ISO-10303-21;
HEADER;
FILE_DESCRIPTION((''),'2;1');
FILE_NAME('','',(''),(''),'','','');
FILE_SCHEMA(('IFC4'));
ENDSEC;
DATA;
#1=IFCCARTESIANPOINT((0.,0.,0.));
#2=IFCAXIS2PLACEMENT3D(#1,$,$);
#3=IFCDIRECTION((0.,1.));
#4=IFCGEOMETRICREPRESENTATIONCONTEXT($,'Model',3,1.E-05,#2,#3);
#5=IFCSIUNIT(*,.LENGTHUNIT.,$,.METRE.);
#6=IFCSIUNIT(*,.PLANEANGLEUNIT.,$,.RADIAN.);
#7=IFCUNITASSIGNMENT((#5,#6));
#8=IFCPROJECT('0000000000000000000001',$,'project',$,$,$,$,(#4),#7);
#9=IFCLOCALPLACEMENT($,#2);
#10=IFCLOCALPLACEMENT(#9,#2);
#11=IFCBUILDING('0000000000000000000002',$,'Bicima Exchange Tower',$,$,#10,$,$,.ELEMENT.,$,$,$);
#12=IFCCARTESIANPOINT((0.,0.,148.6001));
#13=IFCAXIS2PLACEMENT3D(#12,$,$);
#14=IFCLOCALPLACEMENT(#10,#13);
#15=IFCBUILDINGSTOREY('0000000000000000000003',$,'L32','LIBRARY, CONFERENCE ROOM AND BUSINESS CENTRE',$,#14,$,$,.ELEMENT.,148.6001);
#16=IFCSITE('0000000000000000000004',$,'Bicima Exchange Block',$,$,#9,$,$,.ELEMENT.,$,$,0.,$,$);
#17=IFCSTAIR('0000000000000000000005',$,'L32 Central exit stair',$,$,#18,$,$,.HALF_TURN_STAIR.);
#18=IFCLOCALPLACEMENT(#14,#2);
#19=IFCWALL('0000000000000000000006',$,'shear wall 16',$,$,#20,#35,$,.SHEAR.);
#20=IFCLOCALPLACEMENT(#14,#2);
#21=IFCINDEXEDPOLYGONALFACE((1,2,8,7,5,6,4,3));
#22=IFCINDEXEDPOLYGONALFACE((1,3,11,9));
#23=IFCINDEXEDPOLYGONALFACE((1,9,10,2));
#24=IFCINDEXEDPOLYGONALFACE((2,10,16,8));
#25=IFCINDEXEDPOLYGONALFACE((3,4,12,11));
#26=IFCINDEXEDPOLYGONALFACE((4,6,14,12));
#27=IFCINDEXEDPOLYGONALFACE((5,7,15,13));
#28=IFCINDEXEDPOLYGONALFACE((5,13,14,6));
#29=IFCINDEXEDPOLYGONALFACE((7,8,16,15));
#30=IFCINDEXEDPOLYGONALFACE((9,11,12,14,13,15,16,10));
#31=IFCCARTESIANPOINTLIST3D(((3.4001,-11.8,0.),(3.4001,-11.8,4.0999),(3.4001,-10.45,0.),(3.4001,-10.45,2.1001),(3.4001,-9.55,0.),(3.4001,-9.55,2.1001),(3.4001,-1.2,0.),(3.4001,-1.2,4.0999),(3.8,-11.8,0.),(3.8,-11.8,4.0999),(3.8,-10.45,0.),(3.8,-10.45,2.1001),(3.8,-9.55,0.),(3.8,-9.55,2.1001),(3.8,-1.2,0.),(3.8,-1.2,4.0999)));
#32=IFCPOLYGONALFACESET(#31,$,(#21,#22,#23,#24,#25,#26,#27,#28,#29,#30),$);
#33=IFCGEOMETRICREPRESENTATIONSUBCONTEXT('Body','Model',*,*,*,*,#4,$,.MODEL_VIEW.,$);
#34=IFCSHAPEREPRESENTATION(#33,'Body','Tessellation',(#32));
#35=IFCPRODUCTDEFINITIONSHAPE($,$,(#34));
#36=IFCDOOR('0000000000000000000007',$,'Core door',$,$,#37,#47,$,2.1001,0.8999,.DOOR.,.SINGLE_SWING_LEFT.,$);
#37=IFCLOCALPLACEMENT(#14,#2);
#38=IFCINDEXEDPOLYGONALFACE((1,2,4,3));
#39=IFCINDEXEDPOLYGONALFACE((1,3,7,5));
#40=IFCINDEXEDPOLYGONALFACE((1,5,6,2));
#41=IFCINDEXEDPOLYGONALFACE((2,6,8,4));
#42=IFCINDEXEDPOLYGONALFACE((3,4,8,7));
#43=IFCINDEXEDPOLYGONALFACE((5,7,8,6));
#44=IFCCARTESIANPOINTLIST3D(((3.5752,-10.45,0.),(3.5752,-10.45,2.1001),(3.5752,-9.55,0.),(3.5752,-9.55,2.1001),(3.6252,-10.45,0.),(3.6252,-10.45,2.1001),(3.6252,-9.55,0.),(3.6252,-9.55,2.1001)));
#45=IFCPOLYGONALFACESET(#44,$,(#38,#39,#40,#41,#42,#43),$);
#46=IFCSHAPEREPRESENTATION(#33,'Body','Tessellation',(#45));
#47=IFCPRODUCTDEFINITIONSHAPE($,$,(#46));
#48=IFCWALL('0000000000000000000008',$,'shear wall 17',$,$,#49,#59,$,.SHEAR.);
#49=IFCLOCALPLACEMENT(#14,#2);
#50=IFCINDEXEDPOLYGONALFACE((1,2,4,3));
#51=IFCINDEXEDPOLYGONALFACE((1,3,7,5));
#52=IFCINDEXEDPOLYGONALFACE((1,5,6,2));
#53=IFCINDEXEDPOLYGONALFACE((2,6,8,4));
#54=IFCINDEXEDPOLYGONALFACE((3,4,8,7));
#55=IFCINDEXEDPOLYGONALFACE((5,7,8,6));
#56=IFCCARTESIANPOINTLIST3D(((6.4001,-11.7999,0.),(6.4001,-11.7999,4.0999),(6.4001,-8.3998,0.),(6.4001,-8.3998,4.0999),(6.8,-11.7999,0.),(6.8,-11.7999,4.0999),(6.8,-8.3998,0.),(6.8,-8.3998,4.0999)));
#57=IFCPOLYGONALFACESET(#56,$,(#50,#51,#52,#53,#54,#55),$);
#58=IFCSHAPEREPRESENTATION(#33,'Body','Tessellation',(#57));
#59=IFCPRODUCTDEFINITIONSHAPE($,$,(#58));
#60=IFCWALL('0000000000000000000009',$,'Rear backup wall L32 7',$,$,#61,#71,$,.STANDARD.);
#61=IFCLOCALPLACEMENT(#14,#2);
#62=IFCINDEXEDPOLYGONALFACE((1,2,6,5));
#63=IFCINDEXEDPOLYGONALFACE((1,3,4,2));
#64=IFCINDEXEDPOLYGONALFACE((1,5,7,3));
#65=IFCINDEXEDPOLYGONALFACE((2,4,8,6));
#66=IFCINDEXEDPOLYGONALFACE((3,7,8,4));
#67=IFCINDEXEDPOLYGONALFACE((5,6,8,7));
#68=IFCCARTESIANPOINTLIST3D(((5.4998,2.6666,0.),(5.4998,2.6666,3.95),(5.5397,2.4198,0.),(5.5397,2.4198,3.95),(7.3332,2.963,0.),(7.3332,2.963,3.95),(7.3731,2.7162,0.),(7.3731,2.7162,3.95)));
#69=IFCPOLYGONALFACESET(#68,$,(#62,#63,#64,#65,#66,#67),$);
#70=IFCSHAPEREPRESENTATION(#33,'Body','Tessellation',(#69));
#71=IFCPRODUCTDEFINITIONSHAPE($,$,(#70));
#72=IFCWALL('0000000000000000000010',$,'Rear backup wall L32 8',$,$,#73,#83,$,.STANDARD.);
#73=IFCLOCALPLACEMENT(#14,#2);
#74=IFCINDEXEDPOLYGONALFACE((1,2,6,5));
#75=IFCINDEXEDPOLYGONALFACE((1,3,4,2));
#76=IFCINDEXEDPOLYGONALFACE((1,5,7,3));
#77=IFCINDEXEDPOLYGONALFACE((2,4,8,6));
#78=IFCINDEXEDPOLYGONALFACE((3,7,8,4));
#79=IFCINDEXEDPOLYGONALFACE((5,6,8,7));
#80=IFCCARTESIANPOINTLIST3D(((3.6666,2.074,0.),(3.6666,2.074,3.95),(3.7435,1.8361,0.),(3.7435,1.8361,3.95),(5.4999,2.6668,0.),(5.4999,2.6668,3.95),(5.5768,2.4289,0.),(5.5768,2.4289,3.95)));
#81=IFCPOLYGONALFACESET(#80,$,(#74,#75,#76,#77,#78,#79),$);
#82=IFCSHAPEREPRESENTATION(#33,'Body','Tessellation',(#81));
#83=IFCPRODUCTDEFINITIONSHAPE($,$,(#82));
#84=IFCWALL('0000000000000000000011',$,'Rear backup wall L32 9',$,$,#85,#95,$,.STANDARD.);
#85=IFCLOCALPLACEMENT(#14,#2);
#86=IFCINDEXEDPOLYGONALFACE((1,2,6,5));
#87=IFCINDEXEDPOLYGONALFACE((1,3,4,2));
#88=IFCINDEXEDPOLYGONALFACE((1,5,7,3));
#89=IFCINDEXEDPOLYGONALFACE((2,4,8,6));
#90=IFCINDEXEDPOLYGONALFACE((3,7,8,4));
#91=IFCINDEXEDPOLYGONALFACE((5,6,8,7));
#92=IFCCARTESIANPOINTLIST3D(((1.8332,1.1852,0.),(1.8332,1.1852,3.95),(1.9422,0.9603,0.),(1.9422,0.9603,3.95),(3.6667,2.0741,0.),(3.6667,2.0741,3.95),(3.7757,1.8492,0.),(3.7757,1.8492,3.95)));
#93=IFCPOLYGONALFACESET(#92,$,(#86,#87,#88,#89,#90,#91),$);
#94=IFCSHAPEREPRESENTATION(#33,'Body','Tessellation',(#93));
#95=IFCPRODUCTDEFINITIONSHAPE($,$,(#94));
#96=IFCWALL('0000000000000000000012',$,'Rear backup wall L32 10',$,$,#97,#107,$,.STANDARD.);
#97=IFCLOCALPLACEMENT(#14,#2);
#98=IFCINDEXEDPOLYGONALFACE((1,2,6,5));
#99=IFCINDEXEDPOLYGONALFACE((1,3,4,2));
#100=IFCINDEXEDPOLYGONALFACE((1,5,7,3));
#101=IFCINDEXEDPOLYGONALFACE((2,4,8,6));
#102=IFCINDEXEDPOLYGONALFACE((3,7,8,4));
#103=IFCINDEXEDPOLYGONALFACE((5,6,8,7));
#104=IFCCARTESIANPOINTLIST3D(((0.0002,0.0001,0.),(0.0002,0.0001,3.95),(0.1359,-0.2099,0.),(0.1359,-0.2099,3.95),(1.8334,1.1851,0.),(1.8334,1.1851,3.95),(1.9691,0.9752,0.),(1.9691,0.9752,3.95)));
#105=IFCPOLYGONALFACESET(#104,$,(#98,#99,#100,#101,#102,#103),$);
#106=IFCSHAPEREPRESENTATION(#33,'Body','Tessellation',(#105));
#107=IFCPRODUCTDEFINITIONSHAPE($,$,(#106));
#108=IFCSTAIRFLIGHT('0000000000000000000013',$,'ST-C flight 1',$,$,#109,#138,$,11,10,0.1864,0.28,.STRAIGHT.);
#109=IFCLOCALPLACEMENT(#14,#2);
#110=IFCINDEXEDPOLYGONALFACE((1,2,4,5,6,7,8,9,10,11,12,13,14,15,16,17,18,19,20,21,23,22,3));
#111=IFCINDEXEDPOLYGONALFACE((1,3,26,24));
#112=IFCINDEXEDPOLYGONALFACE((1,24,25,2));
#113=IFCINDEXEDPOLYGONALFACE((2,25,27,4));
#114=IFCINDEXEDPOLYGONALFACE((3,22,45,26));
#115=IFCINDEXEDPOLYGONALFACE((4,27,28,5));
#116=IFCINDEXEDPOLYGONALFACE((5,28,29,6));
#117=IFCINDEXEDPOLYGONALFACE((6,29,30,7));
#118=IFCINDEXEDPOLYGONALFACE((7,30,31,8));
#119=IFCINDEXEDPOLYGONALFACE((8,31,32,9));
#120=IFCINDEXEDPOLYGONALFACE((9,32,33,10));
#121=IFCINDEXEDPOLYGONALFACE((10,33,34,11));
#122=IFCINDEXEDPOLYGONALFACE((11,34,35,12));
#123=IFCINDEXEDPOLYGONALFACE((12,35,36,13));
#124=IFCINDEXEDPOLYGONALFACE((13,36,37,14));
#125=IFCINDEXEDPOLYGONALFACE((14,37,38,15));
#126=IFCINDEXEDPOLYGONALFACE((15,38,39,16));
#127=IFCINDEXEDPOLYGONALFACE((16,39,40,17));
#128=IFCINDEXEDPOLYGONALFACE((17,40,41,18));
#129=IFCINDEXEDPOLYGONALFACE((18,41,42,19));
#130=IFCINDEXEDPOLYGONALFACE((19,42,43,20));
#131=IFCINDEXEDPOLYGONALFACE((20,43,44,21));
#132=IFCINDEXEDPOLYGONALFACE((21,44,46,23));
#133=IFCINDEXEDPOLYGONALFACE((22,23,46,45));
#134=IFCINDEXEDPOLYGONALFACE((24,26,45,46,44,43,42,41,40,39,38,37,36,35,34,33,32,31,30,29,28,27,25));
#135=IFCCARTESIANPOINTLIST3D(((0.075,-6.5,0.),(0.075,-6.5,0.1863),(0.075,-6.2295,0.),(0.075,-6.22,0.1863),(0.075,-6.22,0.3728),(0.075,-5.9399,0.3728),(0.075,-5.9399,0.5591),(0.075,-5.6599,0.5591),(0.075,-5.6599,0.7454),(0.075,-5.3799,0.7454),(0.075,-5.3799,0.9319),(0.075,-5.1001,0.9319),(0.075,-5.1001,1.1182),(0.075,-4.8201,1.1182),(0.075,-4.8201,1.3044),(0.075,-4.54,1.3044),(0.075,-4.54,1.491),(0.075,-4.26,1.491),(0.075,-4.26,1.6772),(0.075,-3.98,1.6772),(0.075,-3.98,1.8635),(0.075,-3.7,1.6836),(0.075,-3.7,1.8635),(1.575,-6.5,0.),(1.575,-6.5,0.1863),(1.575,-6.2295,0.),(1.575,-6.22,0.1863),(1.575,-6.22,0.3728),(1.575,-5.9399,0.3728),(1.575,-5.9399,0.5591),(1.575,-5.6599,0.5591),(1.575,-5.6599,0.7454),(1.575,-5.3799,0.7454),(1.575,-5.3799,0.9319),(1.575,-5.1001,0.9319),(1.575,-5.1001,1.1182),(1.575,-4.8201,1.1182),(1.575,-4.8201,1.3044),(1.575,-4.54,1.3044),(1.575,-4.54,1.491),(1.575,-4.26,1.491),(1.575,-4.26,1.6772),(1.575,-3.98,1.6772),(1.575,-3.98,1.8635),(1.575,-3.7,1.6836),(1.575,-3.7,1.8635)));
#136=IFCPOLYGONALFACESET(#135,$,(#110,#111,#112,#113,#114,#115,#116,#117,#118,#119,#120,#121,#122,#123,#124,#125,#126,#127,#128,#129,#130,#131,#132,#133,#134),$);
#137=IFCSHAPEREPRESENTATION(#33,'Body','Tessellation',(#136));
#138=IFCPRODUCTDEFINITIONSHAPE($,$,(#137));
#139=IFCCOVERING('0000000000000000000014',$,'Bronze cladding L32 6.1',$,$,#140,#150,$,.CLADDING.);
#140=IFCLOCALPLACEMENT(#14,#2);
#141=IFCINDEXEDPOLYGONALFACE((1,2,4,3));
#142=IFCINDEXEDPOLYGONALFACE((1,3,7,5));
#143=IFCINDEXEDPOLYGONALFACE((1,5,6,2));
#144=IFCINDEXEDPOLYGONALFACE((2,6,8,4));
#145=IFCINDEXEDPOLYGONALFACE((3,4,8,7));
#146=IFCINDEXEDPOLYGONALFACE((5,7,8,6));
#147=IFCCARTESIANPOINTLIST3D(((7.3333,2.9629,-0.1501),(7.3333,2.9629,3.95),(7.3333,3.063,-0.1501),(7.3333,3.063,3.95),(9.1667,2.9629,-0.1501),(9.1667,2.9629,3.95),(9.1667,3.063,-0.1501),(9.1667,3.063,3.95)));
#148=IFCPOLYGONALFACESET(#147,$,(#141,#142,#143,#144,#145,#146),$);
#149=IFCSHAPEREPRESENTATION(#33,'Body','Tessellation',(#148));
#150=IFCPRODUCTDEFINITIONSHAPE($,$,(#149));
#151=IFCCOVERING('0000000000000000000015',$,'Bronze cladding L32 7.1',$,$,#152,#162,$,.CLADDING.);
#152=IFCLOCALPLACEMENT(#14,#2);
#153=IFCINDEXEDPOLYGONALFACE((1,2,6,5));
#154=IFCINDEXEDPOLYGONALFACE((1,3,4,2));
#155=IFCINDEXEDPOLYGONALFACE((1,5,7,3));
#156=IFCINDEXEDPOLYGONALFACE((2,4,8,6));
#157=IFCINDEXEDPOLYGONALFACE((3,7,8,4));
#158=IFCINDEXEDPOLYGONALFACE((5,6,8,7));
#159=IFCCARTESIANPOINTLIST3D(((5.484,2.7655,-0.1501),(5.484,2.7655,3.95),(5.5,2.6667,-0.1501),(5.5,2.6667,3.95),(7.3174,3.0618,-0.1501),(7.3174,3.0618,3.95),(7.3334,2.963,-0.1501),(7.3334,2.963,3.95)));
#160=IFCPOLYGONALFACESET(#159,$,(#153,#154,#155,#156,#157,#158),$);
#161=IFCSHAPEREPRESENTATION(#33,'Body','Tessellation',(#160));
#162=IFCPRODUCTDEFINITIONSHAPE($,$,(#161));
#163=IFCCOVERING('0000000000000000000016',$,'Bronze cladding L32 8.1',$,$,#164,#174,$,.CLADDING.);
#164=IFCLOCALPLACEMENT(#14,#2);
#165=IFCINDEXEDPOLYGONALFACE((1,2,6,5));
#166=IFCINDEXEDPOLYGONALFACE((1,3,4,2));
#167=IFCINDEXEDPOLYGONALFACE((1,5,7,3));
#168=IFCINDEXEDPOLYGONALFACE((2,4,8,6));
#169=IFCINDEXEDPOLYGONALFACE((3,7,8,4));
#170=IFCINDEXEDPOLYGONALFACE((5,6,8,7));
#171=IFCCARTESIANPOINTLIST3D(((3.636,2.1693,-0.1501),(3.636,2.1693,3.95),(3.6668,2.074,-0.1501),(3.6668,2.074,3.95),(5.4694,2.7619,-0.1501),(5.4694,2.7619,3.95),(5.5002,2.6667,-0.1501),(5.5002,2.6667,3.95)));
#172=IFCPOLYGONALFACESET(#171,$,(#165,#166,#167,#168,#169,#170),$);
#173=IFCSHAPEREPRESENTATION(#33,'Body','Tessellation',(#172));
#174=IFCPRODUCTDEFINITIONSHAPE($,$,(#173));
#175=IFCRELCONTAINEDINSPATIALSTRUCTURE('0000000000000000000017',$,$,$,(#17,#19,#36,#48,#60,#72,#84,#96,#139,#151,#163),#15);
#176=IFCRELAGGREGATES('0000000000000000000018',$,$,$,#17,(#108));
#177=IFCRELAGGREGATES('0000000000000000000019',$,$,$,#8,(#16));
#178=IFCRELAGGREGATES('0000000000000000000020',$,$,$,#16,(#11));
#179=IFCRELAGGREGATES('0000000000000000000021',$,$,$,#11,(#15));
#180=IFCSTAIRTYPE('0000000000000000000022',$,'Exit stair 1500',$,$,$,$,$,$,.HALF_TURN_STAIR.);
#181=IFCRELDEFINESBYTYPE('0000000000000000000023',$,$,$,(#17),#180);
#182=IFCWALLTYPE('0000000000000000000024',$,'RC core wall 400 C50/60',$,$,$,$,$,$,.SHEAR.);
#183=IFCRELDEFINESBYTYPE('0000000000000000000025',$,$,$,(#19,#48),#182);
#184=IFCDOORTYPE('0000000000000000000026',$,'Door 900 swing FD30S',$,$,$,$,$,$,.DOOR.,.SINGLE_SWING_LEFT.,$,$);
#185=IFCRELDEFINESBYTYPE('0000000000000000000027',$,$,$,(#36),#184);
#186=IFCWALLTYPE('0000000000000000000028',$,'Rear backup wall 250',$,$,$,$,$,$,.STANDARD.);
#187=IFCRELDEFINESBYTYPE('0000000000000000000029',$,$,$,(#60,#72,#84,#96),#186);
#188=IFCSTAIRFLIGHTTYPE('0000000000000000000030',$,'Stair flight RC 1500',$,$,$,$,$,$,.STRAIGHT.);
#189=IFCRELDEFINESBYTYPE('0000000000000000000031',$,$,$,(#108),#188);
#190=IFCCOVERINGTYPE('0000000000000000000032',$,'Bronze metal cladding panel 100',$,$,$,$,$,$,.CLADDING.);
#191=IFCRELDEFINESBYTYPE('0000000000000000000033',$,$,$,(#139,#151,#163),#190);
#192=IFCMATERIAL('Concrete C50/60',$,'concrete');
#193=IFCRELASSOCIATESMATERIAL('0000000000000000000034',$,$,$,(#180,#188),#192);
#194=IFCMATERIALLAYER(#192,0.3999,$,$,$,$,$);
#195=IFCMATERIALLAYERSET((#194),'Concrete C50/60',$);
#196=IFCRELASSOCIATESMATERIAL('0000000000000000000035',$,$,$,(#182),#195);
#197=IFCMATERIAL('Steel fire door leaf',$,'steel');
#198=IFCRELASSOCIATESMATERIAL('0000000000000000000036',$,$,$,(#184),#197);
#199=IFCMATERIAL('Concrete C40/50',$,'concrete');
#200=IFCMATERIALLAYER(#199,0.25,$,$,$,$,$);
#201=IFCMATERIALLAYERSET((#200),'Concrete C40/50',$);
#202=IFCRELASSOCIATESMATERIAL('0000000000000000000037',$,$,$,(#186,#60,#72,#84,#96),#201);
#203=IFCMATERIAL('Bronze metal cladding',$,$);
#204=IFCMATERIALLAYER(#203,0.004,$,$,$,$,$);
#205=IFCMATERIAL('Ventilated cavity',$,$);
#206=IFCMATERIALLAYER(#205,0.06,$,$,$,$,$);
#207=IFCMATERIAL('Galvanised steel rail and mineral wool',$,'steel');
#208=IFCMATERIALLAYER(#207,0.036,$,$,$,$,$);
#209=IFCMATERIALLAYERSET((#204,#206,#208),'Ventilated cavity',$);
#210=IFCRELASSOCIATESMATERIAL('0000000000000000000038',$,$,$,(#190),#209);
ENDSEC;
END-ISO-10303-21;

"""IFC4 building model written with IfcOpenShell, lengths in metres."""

from ifc_helpers import new_model, si_unit, direction, frame, frame_2d, origin, origin_2d, place, context, subcontext, project, spatial, polyline, rectangle, outline, extrude, material, layer, layer_set, layer_usage, type_object, element, fill, aggregate, save


model = new_model("IFC4")

# Units and contexts
model_context = context("Model", 3, precision=1e-05, world=origin(), true_north=direction((0.0, 1.0)))
body_context = subcontext(model_context, "Body", "Model", "MODEL_VIEW")
ifc_project = project(units=[si_unit("LENGTHUNIT", "METRE"), si_unit("PLANEANGLEUNIT", "RADIAN")], contexts=[model_context])

# Site, building, storey
site_placement = place(None, origin())
site = spatial("IfcSite", under=ifc_project, at=site_placement, Name="Bicima Exchange Block", CompositionType="ELEMENT", RefElevation=0.0)
building_placement = place(site_placement, origin())
building = spatial("IfcBuilding", under=site, at=building_placement, Name="Bicima Exchange Tower", CompositionType="ELEMENT")
storey_placement = place(building_placement, frame((0.0, 0.0, 148.6001)))
storey = spatial("IfcBuildingStorey", under=building, at=storey_placement, Name="L32", Description="LIBRARY, CONFERENCE ROOM AND BUSINESS CENTRE", CompositionType="ELEMENT", Elevation=148.6001)

# Stair
ifc_material_1 = material(Name="Concrete C50/60", Category="concrete")
stair_type_1 = type_object("IfcStairType", Name="Exit stair 1500", PredefinedType="HALF_TURN_STAIR", material=ifc_material_1)
stair_1_placement = place(storey_placement, origin())
stair_1 = element("IfcStair", 1, at=stair_1_placement, inside=storey, type_object=stair_type_1, Name="L32 Central exit stair", PredefinedType="HALF_TURN_STAIR")

# Shared definitions
ifc_layer_1 = layer(ifc_material_1, 0.3999)
ifc_layer_set_1 = layer_set([ifc_layer_1], Name="Concrete C50/60")
wall_type_1 = type_object("IfcWallType", Name="RC core wall 400 C50/60", PredefinedType="SHEAR", material=ifc_layer_set_1)

# Shared definitions
ifc_material_2 = material(Name="Steel fire door leaf", Category="steel")
door_type_1 = type_object("IfcDoorType", Name="Door 900 swing FD30S", OperationType="SINGLE_SWING_LEFT", PredefinedType="DOOR", material=ifc_material_2)

# Wall, opening, door
wall_1_placement = place(storey_placement, frame((3.6001, -11.8, 0.0), z_axis=(0.0, 0.0, 1.0), x_axis=(0.0, 1.0, 0.0)))
wall_1 = element("IfcWall", 2, at=wall_1_placement, inside=storey, type_object=wall_type_1, Name="shear wall 16", PredefinedType="SHEAR", context=body_context, shape_type="SweptSolid", body=[
    extrude(rectangle(XDim=10.6001, YDim=0.3999, at=frame_2d((5.3, 0.0))), origin(), (0.0, 0.0, 1.0), 4.0999),
])
opening_1_placement = place(wall_1_placement, frame((1.3501, 0.0, 0.0)))
opening_1 = element("IfcOpeningElement", 3, at=opening_1_placement, cuts=wall_1, PredefinedType="OPENING", context=body_context, shape_type="SweptSolid", body=[
    extrude(rectangle(XDim=0.8999, YDim=2.1001, at=frame_2d((0.45, 1.05))), frame((0.0, 0.2119, 0.0), z_axis=(0.0, -1.0, 0.0), x_axis=(1.0, 0.0, 0.0)), (0.0, 0.0, 1.0), 0.4238),
])
door_1_placement = place(opening_1_placement, origin())
door_1 = element("IfcDoor", 4, at=door_1_placement, inside=storey, type_object=door_type_1, Name="Core door", OperationType="SINGLE_SWING_LEFT", OverallHeight=2.1001, OverallWidth=0.8999, PredefinedType="DOOR", context=body_context, shape_type="SweptSolid", body=[
    extrude(rectangle(XDim=0.8999, YDim=2.1001, at=frame_2d((0.45, 1.05))), frame((0.0, 0.0249, 0.0), z_axis=(0.0, -1.0, 0.0), x_axis=(1.0, 0.0, 0.0)), (0.0, 0.0, 1.0), 0.05),
])
fill(opening_1, door_1)

# Walls
wall_2_placement = place(storey_placement, frame((6.6001, -11.8, 0.0), z_axis=(0.0, 0.0, 1.0), x_axis=(0.0, 1.0, 0.0)))
element("IfcWall", 5, at=wall_2_placement, inside=storey, type_object=wall_type_1, Name="shear wall 17", PredefinedType="SHEAR", context=body_context, shape_type="SweptSolid", body=[
    extrude(rectangle(XDim=3.4001, YDim=0.3999, at=frame_2d((1.7002, 0.0))), origin(), (0.0, 0.0, 1.0), 4.0999),
])
ifc_material_3 = material(Name="Concrete C40/50", Category="concrete")
ifc_layer_2 = layer(ifc_material_3, 0.25)
ifc_layer_set_2 = layer_set([ifc_layer_2], Name="Concrete C40/50")
ifc_layer_usage = layer_usage(ifc_layer_set_2, "AXIS2", "POSITIVE", -0.125)
wall_type_2 = type_object("IfcWallType", Name="Rear backup wall 250", PredefinedType="STANDARD", material=ifc_layer_set_2)
wall_3_placement = place(storey_placement, frame((7.3533, 2.8396, 0.0), z_axis=(0.0, 0.0, 1.0), x_axis=(-0.987182, -0.1596, 0.0)))
element("IfcWall", 6, at=wall_3_placement, inside=storey, type_object=wall_type_2, material=ifc_layer_usage, Name="Rear backup wall L32 7", PredefinedType="STANDARD", context=body_context, shape_type="SweptSolid", body=[
    extrude(rectangle(XDim=1.8572, YDim=0.25, at=frame_2d((0.9287, 0.0))), origin(), (0.0, 0.0, 1.0), 3.95),
])
wall_4_placement = place(storey_placement, frame((5.5383, 2.5479, 0.0), z_axis=(0.0, 0.0, 1.0), x_axis=(-0.951496, -0.307662, 0.0)))
element("IfcWall", 7, at=wall_4_placement, inside=storey, type_object=wall_type_2, material=ifc_layer_usage, Name="Rear backup wall L32 8", PredefinedType="STANDARD", context=body_context, shape_type="SweptSolid", body=[
    extrude(rectangle(XDim=1.9268, YDim=0.25, at=frame_2d((0.9634, 0.0))), origin(), (0.0, 0.0, 1.0), 3.95),
])
wall_5_placement = place(storey_placement, frame((3.7212, 1.9617, 0.0), z_axis=(0.0, 0.0, 1.0), x_axis=(-0.899824, -0.436253, 0.0)))
element("IfcWall", 8, at=wall_5_placement, inside=storey, type_object=wall_type_2, material=ifc_layer_usage, Name="Rear backup wall L32 9", PredefinedType="STANDARD", context=body_context, shape_type="SweptSolid", body=[
    extrude(rectangle(XDim=2.0376, YDim=0.25, at=frame_2d((1.0188, 0.0))), origin(), (0.0, 0.0, 1.0), 3.95),
])
wall_6_placement = place(storey_placement, frame((1.9011, 1.0801, 0.0), z_axis=(0.0, 0.0, 1.0), x_axis=(-0.839813, -0.542876, 0.0)))
element("IfcWall", 9, at=wall_6_placement, inside=storey, type_object=wall_type_2, material=ifc_layer_usage, Name="Rear backup wall L32 10", PredefinedType="STANDARD", context=body_context, shape_type="SweptSolid", body=[
    extrude(rectangle(XDim=2.1829, YDim=0.25, at=frame_2d((1.0913, 0.0))), origin(), (0.0, 0.0, 1.0), 3.95),
])

# Stair flight
stair_flight_type = type_object("IfcStairFlightType", Name="Stair flight RC 1500", PredefinedType="STRAIGHT", material=ifc_material_1)
stair_flight_placement = place(storey_placement, frame((0.825, -6.5, 0.0), z_axis=(0.0, 0.0, 1.0), x_axis=(0.0, 1.0, 0.0)))
stair_flight = element("IfcStairFlight", 10, at=stair_flight_placement, type_object=stair_flight_type, Name="ST-C flight 1", NumberOfRisers=11, NumberOfTreads=10, PredefinedType="STRAIGHT", RiserHeight=0.1864, TreadLength=0.28, context=body_context, shape_type="SweptSolid", body=[
    extrude(outline(polyline([(0.0, 0.0), (0.0, 0.1863), (0.28, 0.1863), (0.28, 0.3728), (0.5601, 0.3728), (0.5601, 0.5591), (0.8401, 0.5591), (0.8401, 0.7454), (1.1201, 0.7454), (1.1201, 0.9319), (1.3999, 0.9319), (1.3999, 1.1182), (1.6799, 1.1182), (1.6799, 1.3044), (1.96, 1.3044), (1.96, 1.491), (2.24, 1.491), (2.24, 1.6772), (2.52, 1.6772), (2.52, 1.8635), (2.8, 1.8635), (2.8, 2.05), (2.8, 1.6836), (0.2705, 0.0), (0.0, 0.0)])), frame((0.0, 0.75, 0.0), z_axis=(0.0, -1.0, 0.0), x_axis=(1.0, 0.0, 0.0)), (0.0, 0.0, 1.0), 1.5),
])
aggregate(stair_1, [stair_flight])

# Coverings
ifc_material_4 = material(Name="Bronze metal cladding")
ifc_layer_3 = layer(ifc_material_4, 0.004)
ifc_material_5 = material(Name="Ventilated cavity")
ifc_layer_4 = layer(ifc_material_5, 0.06)
ifc_material_6 = material(Name="Galvanised steel rail and mineral wool", Category="steel")
ifc_layer_5 = layer(ifc_material_6, 0.036)
ifc_layer_set_3 = layer_set([ifc_layer_3, ifc_layer_4, ifc_layer_5], Name="Ventilated cavity")
covering_type = type_object("IfcCoveringType", Name="Bronze metal cladding panel 100", PredefinedType="CLADDING", material=ifc_layer_set_3)
covering_1_placement = place(storey_placement, frame((8.25, 3.0129, -0.1501), z_axis=(0.0, 0.0, 1.0), x_axis=(-1.0, 0.0, 0.0)))
element("IfcCovering", 11, at=covering_1_placement, inside=storey, type_object=covering_type, Name="Bronze cladding L32 6.1", PredefinedType="CLADDING", context=body_context, shape_type="SweptSolid", body=[
    extrude(rectangle(XDim=1.8335, YDim=0.1001, at=origin_2d()), origin(), (0.0, 0.0, 1.0), 4.1001),
])
covering_2_placement = place(storey_placement, frame((6.4087, 2.8643, -0.1501), z_axis=(0.0, 0.0, 1.0), x_axis=(-0.98719, -0.15955, 0.0)))
element("IfcCovering", 12, at=covering_2_placement, inside=storey, type_object=covering_type, Name="Bronze cladding L32 7.1", PredefinedType="CLADDING", context=body_context, shape_type="SweptSolid", body=[
    extrude(rectangle(XDim=1.8572, YDim=0.1001, at=origin_2d()), origin(), (0.0, 0.0, 1.0), 4.1001),
])
covering_3_placement = place(storey_placement, frame((4.5681, 2.418, -0.1501), z_axis=(0.0, 0.0, 1.0), x_axis=(-0.951525, -0.307573, 0.0)))
element("IfcCovering", 13, at=covering_3_placement, inside=storey, type_object=covering_type, Name="Bronze cladding L32 8.1", PredefinedType="CLADDING", context=body_context, shape_type="SweptSolid", body=[
    extrude(rectangle(XDim=1.9268, YDim=0.1001, at=origin_2d()), origin(), (0.0, 0.0, 1.0), 4.1001),
])

save(model, "model.ifc")
